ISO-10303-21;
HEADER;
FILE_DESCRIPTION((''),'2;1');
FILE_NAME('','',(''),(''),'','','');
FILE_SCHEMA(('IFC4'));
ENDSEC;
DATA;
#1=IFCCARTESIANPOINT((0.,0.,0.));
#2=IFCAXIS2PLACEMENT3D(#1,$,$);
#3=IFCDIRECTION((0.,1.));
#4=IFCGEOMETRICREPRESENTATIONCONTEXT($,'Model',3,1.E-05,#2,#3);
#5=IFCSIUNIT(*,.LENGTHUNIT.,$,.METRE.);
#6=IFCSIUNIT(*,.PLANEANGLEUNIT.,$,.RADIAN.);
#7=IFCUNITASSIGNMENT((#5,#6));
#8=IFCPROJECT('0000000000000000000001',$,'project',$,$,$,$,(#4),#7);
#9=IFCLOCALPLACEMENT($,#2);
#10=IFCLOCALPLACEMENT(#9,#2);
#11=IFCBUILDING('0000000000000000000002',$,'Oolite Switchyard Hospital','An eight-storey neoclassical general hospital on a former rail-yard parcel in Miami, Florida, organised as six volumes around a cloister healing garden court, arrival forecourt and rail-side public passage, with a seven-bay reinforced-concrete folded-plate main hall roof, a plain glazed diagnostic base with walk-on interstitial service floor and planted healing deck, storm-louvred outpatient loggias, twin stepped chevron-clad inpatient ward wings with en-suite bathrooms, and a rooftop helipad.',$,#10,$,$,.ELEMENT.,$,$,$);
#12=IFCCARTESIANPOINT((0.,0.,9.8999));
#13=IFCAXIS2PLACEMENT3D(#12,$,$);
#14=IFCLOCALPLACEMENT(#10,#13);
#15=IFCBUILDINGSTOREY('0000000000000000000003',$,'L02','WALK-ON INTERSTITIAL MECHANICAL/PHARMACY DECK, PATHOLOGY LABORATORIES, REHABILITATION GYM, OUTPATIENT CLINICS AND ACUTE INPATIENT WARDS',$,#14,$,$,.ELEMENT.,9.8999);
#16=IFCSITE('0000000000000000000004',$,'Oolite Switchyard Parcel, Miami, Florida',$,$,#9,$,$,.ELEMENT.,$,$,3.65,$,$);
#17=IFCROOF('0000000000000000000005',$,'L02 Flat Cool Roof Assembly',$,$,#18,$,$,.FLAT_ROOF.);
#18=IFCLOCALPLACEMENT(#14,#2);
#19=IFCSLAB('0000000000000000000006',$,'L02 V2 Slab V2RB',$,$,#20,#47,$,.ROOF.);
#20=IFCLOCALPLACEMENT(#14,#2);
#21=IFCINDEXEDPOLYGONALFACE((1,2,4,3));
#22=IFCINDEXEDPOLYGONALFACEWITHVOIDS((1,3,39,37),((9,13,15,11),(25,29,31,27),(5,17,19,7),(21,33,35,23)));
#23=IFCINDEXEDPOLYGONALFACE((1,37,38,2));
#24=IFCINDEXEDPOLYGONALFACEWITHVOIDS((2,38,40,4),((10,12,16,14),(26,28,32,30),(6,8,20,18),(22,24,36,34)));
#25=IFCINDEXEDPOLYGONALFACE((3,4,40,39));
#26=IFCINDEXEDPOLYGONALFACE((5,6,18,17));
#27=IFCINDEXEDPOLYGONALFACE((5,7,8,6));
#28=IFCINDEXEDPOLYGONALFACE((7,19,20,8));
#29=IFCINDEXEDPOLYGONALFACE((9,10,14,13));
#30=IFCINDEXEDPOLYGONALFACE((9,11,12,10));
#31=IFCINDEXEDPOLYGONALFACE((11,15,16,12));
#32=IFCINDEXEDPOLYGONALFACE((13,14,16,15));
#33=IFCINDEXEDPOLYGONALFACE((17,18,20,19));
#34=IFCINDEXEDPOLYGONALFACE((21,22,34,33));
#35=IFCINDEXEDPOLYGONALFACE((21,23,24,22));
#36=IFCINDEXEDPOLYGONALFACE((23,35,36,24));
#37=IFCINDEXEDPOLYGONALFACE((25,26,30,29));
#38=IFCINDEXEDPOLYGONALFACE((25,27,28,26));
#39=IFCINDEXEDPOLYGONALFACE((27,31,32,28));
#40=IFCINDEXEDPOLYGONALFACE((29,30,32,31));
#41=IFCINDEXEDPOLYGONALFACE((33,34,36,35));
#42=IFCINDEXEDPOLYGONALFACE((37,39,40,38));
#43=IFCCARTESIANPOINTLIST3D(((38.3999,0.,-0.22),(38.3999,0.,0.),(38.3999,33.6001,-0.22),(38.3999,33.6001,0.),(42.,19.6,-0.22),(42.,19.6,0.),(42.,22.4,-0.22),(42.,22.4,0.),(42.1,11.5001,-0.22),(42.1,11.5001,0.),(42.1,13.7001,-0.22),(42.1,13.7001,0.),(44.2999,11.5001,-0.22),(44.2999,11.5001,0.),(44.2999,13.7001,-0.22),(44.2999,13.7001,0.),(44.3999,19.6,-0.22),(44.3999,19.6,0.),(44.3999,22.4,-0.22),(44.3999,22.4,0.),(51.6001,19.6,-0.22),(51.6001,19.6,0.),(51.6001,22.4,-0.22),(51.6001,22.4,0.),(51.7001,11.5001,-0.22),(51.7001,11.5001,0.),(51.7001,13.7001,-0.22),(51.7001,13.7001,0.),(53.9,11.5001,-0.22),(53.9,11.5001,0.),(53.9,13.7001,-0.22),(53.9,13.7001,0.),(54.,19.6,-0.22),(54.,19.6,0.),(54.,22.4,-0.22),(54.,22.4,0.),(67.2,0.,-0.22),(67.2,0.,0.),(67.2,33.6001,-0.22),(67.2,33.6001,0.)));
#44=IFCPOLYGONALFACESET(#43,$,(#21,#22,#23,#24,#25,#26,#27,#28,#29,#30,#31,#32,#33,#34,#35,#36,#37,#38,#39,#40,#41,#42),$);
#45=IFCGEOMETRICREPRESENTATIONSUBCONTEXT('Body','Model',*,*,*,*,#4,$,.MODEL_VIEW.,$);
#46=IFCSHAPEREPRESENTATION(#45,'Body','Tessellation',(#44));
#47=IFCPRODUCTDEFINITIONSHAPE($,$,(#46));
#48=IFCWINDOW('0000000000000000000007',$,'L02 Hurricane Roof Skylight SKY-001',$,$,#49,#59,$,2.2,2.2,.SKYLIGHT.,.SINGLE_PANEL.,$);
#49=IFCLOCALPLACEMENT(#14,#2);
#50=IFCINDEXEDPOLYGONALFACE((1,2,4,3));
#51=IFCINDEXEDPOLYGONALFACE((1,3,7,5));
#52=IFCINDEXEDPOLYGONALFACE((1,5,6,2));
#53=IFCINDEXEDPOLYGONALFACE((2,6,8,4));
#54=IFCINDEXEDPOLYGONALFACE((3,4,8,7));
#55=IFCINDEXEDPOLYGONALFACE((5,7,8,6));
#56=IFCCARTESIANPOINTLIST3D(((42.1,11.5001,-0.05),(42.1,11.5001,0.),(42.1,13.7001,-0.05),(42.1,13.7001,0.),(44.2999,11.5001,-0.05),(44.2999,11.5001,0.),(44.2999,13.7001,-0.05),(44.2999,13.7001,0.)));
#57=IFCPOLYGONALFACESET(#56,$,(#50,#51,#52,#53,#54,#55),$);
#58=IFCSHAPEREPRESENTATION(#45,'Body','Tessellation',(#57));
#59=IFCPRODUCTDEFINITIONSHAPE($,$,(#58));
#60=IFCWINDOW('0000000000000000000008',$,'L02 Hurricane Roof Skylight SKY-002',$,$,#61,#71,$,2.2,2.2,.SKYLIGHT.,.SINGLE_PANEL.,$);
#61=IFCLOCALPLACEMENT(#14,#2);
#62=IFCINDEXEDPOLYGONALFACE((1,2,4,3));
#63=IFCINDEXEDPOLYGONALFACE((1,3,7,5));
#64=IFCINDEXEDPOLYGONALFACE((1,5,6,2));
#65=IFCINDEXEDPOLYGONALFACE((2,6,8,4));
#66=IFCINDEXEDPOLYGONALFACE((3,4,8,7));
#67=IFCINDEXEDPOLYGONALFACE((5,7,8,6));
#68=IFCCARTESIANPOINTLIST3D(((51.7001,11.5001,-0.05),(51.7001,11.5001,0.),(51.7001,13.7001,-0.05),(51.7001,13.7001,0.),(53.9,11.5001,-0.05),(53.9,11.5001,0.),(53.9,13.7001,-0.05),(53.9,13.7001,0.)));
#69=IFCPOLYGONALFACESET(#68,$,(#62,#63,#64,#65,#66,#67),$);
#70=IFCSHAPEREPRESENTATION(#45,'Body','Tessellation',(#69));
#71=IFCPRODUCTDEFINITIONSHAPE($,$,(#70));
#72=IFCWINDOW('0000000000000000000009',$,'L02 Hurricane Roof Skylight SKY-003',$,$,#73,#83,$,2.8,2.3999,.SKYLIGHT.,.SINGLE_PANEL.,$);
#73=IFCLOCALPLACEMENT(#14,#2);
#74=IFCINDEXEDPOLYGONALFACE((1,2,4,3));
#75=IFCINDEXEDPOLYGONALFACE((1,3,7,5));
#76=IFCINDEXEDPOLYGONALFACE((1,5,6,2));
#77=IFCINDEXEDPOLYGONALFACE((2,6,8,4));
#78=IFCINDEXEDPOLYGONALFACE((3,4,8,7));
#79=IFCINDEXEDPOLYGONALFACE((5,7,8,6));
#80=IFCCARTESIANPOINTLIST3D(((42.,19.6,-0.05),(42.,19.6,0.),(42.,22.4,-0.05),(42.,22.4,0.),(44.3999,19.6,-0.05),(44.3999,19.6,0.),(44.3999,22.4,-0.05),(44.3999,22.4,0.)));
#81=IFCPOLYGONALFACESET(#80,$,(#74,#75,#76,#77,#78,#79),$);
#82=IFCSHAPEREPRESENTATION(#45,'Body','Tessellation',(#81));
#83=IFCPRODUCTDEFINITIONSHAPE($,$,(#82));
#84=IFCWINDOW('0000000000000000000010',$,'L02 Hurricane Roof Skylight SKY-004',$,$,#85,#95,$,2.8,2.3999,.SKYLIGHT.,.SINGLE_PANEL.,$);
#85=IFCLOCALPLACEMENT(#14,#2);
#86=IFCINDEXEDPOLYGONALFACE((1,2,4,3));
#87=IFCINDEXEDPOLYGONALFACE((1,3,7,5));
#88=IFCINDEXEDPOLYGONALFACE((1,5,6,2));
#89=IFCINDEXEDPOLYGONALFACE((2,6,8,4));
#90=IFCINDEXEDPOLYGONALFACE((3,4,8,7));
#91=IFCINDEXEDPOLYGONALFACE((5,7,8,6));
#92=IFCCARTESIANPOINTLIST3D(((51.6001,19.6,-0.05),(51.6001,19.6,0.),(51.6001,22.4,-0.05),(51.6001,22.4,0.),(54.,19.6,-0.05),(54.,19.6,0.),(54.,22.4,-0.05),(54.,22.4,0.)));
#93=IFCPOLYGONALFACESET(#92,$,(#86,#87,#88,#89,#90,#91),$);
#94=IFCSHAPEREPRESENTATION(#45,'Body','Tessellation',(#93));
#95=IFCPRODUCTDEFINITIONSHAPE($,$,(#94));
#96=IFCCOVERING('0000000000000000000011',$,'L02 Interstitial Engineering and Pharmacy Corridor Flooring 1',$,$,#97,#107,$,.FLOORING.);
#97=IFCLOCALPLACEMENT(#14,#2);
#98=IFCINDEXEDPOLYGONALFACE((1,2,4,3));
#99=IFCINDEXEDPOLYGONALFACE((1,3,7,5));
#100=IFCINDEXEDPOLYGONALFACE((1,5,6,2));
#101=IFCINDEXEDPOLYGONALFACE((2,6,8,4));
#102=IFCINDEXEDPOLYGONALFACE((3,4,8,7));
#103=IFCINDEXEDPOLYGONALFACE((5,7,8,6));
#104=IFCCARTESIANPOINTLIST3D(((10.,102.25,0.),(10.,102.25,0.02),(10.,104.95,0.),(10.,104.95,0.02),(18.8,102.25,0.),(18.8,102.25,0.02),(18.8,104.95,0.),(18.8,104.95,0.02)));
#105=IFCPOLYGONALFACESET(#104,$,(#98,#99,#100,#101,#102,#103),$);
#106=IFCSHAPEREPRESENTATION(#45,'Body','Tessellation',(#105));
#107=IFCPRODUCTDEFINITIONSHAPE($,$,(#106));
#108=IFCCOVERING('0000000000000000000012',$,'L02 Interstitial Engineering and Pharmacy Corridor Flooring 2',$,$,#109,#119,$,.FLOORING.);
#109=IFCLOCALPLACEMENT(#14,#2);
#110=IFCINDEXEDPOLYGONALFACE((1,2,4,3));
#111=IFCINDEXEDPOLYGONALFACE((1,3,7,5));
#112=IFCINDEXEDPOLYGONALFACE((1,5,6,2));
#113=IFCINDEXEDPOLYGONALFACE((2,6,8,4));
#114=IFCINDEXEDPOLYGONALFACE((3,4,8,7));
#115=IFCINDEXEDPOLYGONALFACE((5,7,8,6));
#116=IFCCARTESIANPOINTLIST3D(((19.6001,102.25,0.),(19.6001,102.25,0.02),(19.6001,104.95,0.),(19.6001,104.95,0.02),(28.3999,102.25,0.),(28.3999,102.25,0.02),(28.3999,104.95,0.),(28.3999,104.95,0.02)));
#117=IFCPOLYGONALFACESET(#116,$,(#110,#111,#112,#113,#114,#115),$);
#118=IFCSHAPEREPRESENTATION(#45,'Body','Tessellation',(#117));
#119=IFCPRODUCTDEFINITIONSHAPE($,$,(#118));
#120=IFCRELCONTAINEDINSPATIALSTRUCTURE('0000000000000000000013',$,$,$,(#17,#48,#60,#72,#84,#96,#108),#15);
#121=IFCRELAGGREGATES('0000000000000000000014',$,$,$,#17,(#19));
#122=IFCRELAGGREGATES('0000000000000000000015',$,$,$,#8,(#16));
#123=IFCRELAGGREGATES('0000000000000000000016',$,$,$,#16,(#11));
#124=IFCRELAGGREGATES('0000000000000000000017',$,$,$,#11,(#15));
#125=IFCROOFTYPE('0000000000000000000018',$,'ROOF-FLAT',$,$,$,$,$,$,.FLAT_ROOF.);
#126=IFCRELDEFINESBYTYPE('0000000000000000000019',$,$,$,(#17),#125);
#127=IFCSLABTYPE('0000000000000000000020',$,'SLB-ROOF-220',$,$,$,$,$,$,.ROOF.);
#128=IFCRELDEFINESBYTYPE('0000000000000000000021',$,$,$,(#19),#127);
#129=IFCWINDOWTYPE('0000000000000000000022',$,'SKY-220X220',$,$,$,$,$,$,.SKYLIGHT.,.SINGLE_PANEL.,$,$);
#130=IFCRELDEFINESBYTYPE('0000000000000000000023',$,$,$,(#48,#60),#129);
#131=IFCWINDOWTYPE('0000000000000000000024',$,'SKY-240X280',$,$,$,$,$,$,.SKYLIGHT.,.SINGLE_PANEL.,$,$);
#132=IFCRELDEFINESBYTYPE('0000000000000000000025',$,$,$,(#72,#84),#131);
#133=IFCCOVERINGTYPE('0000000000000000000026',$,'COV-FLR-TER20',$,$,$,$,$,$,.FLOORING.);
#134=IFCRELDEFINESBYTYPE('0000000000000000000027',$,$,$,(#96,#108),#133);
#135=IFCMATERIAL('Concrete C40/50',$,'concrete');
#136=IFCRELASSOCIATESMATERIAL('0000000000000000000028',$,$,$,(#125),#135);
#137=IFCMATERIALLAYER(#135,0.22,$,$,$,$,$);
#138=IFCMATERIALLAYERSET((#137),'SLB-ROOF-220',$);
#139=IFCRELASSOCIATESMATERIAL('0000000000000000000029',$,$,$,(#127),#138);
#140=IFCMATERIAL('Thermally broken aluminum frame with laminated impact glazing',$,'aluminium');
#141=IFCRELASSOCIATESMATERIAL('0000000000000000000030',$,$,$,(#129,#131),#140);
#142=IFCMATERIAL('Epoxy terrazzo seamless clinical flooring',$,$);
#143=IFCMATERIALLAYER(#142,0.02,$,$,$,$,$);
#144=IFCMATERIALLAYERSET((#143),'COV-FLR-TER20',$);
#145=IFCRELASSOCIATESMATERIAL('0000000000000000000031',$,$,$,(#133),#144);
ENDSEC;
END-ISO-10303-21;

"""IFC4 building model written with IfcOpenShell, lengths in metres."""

from ifc_helpers import new_model, si_unit, direction, frame, origin, origin_2d, place, context, subcontext, project, spatial, polyline, rectangle, outline, extrude, material, layer, layer_set, type_object, element, fill, aggregate, save


model = new_model("IFC4")

# Units and contexts
model_context = context("Model", 3, precision=1e-05, world=origin(), true_north=direction((0.0, 1.0)))
body_context = subcontext(model_context, "Body", "Model", "MODEL_VIEW")
ifc_project = project(units=[si_unit("LENGTHUNIT", "METRE"), si_unit("PLANEANGLEUNIT", "RADIAN")], contexts=[model_context])

# Site, building, storey
site_placement = place(None, origin())
site = spatial("IfcSite", under=ifc_project, at=site_placement, Name="Oolite Switchyard Parcel, Miami, Florida", CompositionType="ELEMENT", RefElevation=3.65)
building_placement = place(site_placement, origin())
building = spatial("IfcBuilding", under=site, at=building_placement, Name="Oolite Switchyard Hospital", Description="An eight-storey neoclassical general hospital on a former rail-yard parcel in Miami, Florida, organised as six volumes around a cloister healing garden court, arrival forecourt and rail-side public passage, with a seven-bay reinforced-concrete folded-plate main hall roof, a plain glazed diagnostic base with walk-on interstitial service floor and planted healing deck, storm-louvred outpatient loggias, twin stepped chevron-clad inpatient ward wings with en-suite bathrooms, and a rooftop helipad.", CompositionType="ELEMENT")
storey_placement = place(building_placement, frame((0.0, 0.0, 9.8999)))
storey = spatial("IfcBuildingStorey", under=building, at=storey_placement, Name="L02", Description="WALK-ON INTERSTITIAL MECHANICAL/PHARMACY DECK, PATHOLOGY LABORATORIES, REHABILITATION GYM, OUTPATIENT CLINICS AND ACUTE INPATIENT WARDS", CompositionType="ELEMENT", Elevation=9.8999)

# Shared definitions
ifc_material_1 = material(Name="Concrete C40/50", Category="concrete")

# Roof, slab, openings, windows
roof_type = type_object("IfcRoofType", Name="ROOF-FLAT", PredefinedType="FLAT_ROOF", material=ifc_material_1)
roof_placement = place(storey_placement, origin())
roof = element("IfcRoof", 1, at=roof_placement, inside=storey, type_object=roof_type, Name="L02 Flat Cool Roof Assembly", PredefinedType="FLAT_ROOF")
ifc_layer_1 = layer(ifc_material_1, 0.22)
ifc_layer_set_1 = layer_set([ifc_layer_1], Name="SLB-ROOF-220")
slab_type_1 = type_object("IfcSlabType", Name="SLB-ROOF-220", PredefinedType="ROOF", material=ifc_layer_set_1)
slab_1_placement = place(storey_placement, frame((0.0, 0.0, -0.22)))
slab_1 = element("IfcSlab", 2, at=slab_1_placement, type_object=slab_type_1, Name="L02 V2 Slab V2RB", PredefinedType="ROOF", context=body_context, shape_type="SweptSolid", body=[
    extrude(outline(polyline([(38.3999, 0.0), (67.2, 0.0), (67.2, 33.6001), (38.3999, 33.6001), (38.3999, 0.0)])), origin(), (0.0, 0.0, 1.0), 0.22),
])
opening_1_placement = place(slab_1_placement, frame((43.2, 12.6001, 0.0)))
opening_1 = element("IfcOpeningElement", 3, at=opening_1_placement, cuts=slab_1, PredefinedType="OPENING", context=body_context, shape_type="SweptSolid", body=[
    extrude(rectangle(XDim=2.2, YDim=2.2, at=origin_2d()), frame((0.0, 0.0, -0.01), z_axis=(0.0, 0.0, 1.0), x_axis=(1.0, 0.0, 0.0)), (0.0, 0.0, 1.0), 0.24),
])
opening_2_placement = place(slab_1_placement, frame((52.8, 12.6001, 0.0)))
opening_2 = element("IfcOpeningElement", 4, at=opening_2_placement, cuts=slab_1, PredefinedType="OPENING", context=body_context, shape_type="SweptSolid", body=[
    extrude(rectangle(XDim=2.2, YDim=2.2, at=origin_2d()), frame((0.0, 0.0, -0.01), z_axis=(0.0, 0.0, 1.0), x_axis=(1.0, 0.0, 0.0)), (0.0, 0.0, 1.0), 0.24),
])
opening_3_placement = place(slab_1_placement, frame((43.2, 21.0, 0.0)))
opening_3 = element("IfcOpeningElement", 5, at=opening_3_placement, cuts=slab_1, PredefinedType="OPENING", context=body_context, shape_type="SweptSolid", body=[
    extrude(rectangle(XDim=2.3999, YDim=2.8, at=origin_2d()), frame((0.0, 0.0, -0.01), z_axis=(0.0, 0.0, 1.0), x_axis=(1.0, 0.0, 0.0)), (0.0, 0.0, 1.0), 0.24),
])
opening_4_placement = place(slab_1_placement, frame((52.8, 21.0, 0.0)))
opening_4 = element("IfcOpeningElement", 6, at=opening_4_placement, cuts=slab_1, PredefinedType="OPENING", context=body_context, shape_type="SweptSolid", body=[
    extrude(rectangle(XDim=2.3999, YDim=2.8, at=origin_2d()), frame((0.0, 0.0, -0.01), z_axis=(0.0, 0.0, 1.0), x_axis=(1.0, 0.0, 0.0)), (0.0, 0.0, 1.0), 0.24),
])
ifc_material_2 = material(Name="Thermally broken aluminum frame with laminated impact glazing", Category="aluminium")
window_type_1 = type_object("IfcWindowType", Name="SKY-220X220", PartitioningType="SINGLE_PANEL", PredefinedType="SKYLIGHT", material=ifc_material_2)
window_1_placement = place(opening_1_placement, frame((0.0, 0.0, 0.1699)))
window_1 = element("IfcWindow", 7, at=window_1_placement, inside=storey, type_object=window_type_1, Name="L02 Hurricane Roof Skylight SKY-001", OverallHeight=2.2, OverallWidth=2.2, PartitioningType="SINGLE_PANEL", PredefinedType="SKYLIGHT", context=body_context, shape_type="SweptSolid", body=[
    extrude(rectangle(XDim=2.2, YDim=2.2, at=origin_2d()), origin(), (0.0, 0.0, 1.0), 0.05),
])
fill(opening_1, window_1)
window_2_placement = place(opening_2_placement, frame((0.0, 0.0, 0.1699)))
window_2 = element("IfcWindow", 8, at=window_2_placement, inside=storey, type_object=window_type_1, Name="L02 Hurricane Roof Skylight SKY-002", OverallHeight=2.2, OverallWidth=2.2, PartitioningType="SINGLE_PANEL", PredefinedType="SKYLIGHT", context=body_context, shape_type="SweptSolid", body=[
    extrude(rectangle(XDim=2.2, YDim=2.2, at=origin_2d()), origin(), (0.0, 0.0, 1.0), 0.05),
])
fill(opening_2, window_2)
window_type_2 = type_object("IfcWindowType", Name="SKY-240X280", PartitioningType="SINGLE_PANEL", PredefinedType="SKYLIGHT", material=ifc_material_2)
window_3_placement = place(opening_3_placement, frame((0.0, 0.0, 0.1699)))
window_3 = element("IfcWindow", 9, at=window_3_placement, inside=storey, type_object=window_type_2, Name="L02 Hurricane Roof Skylight SKY-003", OverallHeight=2.8, OverallWidth=2.3999, PartitioningType="SINGLE_PANEL", PredefinedType="SKYLIGHT", context=body_context, shape_type="SweptSolid", body=[
    extrude(rectangle(XDim=2.3999, YDim=2.8, at=origin_2d()), origin(), (0.0, 0.0, 1.0), 0.05),
])
fill(opening_3, window_3)
window_4_placement = place(opening_4_placement, frame((0.0, 0.0, 0.1699)))
window_4 = element("IfcWindow", 10, at=window_4_placement, inside=storey, type_object=window_type_2, Name="L02 Hurricane Roof Skylight SKY-004", OverallHeight=2.8, OverallWidth=2.3999, PartitioningType="SINGLE_PANEL", PredefinedType="SKYLIGHT", context=body_context, shape_type="SweptSolid", body=[
    extrude(rectangle(XDim=2.3999, YDim=2.8, at=origin_2d()), origin(), (0.0, 0.0, 1.0), 0.05),
])
fill(opening_4, window_4)
aggregate(roof, [slab_1])

# Coverings
ifc_material_3 = material(Name="Epoxy terrazzo seamless clinical flooring")
ifc_layer_2 = layer(ifc_material_3, 0.02)
ifc_layer_set_2 = layer_set([ifc_layer_2], Name="COV-FLR-TER20")
covering_type = type_object("IfcCoveringType", Name="COV-FLR-TER20", PredefinedType="FLOORING", material=ifc_layer_set_2)
covering_1_placement = place(storey_placement, origin())
element("IfcCovering", 11, at=covering_1_placement, inside=storey, type_object=covering_type, Name="L02 Interstitial Engineering and Pharmacy Corridor Flooring 1", PredefinedType="FLOORING", context=body_context, shape_type="SweptSolid", body=[
    extrude(outline(polyline([(10.0, 102.25), (18.8, 102.25), (18.8, 104.95), (10.0, 104.95), (10.0, 102.25)])), origin(), (0.0, 0.0, 1.0), 0.02),
])
covering_2_placement = place(storey_placement, origin())
element("IfcCovering", 12, at=covering_2_placement, inside=storey, type_object=covering_type, Name="L02 Interstitial Engineering and Pharmacy Corridor Flooring 2", PredefinedType="FLOORING", context=body_context, shape_type="SweptSolid", body=[
    extrude(outline(polyline([(19.6001, 102.25), (28.3999, 102.25), (28.3999, 104.95), (19.6001, 104.95), (19.6001, 102.25)])), origin(), (0.0, 0.0, 1.0), 0.02),
])

save(model, "model.ifc")
